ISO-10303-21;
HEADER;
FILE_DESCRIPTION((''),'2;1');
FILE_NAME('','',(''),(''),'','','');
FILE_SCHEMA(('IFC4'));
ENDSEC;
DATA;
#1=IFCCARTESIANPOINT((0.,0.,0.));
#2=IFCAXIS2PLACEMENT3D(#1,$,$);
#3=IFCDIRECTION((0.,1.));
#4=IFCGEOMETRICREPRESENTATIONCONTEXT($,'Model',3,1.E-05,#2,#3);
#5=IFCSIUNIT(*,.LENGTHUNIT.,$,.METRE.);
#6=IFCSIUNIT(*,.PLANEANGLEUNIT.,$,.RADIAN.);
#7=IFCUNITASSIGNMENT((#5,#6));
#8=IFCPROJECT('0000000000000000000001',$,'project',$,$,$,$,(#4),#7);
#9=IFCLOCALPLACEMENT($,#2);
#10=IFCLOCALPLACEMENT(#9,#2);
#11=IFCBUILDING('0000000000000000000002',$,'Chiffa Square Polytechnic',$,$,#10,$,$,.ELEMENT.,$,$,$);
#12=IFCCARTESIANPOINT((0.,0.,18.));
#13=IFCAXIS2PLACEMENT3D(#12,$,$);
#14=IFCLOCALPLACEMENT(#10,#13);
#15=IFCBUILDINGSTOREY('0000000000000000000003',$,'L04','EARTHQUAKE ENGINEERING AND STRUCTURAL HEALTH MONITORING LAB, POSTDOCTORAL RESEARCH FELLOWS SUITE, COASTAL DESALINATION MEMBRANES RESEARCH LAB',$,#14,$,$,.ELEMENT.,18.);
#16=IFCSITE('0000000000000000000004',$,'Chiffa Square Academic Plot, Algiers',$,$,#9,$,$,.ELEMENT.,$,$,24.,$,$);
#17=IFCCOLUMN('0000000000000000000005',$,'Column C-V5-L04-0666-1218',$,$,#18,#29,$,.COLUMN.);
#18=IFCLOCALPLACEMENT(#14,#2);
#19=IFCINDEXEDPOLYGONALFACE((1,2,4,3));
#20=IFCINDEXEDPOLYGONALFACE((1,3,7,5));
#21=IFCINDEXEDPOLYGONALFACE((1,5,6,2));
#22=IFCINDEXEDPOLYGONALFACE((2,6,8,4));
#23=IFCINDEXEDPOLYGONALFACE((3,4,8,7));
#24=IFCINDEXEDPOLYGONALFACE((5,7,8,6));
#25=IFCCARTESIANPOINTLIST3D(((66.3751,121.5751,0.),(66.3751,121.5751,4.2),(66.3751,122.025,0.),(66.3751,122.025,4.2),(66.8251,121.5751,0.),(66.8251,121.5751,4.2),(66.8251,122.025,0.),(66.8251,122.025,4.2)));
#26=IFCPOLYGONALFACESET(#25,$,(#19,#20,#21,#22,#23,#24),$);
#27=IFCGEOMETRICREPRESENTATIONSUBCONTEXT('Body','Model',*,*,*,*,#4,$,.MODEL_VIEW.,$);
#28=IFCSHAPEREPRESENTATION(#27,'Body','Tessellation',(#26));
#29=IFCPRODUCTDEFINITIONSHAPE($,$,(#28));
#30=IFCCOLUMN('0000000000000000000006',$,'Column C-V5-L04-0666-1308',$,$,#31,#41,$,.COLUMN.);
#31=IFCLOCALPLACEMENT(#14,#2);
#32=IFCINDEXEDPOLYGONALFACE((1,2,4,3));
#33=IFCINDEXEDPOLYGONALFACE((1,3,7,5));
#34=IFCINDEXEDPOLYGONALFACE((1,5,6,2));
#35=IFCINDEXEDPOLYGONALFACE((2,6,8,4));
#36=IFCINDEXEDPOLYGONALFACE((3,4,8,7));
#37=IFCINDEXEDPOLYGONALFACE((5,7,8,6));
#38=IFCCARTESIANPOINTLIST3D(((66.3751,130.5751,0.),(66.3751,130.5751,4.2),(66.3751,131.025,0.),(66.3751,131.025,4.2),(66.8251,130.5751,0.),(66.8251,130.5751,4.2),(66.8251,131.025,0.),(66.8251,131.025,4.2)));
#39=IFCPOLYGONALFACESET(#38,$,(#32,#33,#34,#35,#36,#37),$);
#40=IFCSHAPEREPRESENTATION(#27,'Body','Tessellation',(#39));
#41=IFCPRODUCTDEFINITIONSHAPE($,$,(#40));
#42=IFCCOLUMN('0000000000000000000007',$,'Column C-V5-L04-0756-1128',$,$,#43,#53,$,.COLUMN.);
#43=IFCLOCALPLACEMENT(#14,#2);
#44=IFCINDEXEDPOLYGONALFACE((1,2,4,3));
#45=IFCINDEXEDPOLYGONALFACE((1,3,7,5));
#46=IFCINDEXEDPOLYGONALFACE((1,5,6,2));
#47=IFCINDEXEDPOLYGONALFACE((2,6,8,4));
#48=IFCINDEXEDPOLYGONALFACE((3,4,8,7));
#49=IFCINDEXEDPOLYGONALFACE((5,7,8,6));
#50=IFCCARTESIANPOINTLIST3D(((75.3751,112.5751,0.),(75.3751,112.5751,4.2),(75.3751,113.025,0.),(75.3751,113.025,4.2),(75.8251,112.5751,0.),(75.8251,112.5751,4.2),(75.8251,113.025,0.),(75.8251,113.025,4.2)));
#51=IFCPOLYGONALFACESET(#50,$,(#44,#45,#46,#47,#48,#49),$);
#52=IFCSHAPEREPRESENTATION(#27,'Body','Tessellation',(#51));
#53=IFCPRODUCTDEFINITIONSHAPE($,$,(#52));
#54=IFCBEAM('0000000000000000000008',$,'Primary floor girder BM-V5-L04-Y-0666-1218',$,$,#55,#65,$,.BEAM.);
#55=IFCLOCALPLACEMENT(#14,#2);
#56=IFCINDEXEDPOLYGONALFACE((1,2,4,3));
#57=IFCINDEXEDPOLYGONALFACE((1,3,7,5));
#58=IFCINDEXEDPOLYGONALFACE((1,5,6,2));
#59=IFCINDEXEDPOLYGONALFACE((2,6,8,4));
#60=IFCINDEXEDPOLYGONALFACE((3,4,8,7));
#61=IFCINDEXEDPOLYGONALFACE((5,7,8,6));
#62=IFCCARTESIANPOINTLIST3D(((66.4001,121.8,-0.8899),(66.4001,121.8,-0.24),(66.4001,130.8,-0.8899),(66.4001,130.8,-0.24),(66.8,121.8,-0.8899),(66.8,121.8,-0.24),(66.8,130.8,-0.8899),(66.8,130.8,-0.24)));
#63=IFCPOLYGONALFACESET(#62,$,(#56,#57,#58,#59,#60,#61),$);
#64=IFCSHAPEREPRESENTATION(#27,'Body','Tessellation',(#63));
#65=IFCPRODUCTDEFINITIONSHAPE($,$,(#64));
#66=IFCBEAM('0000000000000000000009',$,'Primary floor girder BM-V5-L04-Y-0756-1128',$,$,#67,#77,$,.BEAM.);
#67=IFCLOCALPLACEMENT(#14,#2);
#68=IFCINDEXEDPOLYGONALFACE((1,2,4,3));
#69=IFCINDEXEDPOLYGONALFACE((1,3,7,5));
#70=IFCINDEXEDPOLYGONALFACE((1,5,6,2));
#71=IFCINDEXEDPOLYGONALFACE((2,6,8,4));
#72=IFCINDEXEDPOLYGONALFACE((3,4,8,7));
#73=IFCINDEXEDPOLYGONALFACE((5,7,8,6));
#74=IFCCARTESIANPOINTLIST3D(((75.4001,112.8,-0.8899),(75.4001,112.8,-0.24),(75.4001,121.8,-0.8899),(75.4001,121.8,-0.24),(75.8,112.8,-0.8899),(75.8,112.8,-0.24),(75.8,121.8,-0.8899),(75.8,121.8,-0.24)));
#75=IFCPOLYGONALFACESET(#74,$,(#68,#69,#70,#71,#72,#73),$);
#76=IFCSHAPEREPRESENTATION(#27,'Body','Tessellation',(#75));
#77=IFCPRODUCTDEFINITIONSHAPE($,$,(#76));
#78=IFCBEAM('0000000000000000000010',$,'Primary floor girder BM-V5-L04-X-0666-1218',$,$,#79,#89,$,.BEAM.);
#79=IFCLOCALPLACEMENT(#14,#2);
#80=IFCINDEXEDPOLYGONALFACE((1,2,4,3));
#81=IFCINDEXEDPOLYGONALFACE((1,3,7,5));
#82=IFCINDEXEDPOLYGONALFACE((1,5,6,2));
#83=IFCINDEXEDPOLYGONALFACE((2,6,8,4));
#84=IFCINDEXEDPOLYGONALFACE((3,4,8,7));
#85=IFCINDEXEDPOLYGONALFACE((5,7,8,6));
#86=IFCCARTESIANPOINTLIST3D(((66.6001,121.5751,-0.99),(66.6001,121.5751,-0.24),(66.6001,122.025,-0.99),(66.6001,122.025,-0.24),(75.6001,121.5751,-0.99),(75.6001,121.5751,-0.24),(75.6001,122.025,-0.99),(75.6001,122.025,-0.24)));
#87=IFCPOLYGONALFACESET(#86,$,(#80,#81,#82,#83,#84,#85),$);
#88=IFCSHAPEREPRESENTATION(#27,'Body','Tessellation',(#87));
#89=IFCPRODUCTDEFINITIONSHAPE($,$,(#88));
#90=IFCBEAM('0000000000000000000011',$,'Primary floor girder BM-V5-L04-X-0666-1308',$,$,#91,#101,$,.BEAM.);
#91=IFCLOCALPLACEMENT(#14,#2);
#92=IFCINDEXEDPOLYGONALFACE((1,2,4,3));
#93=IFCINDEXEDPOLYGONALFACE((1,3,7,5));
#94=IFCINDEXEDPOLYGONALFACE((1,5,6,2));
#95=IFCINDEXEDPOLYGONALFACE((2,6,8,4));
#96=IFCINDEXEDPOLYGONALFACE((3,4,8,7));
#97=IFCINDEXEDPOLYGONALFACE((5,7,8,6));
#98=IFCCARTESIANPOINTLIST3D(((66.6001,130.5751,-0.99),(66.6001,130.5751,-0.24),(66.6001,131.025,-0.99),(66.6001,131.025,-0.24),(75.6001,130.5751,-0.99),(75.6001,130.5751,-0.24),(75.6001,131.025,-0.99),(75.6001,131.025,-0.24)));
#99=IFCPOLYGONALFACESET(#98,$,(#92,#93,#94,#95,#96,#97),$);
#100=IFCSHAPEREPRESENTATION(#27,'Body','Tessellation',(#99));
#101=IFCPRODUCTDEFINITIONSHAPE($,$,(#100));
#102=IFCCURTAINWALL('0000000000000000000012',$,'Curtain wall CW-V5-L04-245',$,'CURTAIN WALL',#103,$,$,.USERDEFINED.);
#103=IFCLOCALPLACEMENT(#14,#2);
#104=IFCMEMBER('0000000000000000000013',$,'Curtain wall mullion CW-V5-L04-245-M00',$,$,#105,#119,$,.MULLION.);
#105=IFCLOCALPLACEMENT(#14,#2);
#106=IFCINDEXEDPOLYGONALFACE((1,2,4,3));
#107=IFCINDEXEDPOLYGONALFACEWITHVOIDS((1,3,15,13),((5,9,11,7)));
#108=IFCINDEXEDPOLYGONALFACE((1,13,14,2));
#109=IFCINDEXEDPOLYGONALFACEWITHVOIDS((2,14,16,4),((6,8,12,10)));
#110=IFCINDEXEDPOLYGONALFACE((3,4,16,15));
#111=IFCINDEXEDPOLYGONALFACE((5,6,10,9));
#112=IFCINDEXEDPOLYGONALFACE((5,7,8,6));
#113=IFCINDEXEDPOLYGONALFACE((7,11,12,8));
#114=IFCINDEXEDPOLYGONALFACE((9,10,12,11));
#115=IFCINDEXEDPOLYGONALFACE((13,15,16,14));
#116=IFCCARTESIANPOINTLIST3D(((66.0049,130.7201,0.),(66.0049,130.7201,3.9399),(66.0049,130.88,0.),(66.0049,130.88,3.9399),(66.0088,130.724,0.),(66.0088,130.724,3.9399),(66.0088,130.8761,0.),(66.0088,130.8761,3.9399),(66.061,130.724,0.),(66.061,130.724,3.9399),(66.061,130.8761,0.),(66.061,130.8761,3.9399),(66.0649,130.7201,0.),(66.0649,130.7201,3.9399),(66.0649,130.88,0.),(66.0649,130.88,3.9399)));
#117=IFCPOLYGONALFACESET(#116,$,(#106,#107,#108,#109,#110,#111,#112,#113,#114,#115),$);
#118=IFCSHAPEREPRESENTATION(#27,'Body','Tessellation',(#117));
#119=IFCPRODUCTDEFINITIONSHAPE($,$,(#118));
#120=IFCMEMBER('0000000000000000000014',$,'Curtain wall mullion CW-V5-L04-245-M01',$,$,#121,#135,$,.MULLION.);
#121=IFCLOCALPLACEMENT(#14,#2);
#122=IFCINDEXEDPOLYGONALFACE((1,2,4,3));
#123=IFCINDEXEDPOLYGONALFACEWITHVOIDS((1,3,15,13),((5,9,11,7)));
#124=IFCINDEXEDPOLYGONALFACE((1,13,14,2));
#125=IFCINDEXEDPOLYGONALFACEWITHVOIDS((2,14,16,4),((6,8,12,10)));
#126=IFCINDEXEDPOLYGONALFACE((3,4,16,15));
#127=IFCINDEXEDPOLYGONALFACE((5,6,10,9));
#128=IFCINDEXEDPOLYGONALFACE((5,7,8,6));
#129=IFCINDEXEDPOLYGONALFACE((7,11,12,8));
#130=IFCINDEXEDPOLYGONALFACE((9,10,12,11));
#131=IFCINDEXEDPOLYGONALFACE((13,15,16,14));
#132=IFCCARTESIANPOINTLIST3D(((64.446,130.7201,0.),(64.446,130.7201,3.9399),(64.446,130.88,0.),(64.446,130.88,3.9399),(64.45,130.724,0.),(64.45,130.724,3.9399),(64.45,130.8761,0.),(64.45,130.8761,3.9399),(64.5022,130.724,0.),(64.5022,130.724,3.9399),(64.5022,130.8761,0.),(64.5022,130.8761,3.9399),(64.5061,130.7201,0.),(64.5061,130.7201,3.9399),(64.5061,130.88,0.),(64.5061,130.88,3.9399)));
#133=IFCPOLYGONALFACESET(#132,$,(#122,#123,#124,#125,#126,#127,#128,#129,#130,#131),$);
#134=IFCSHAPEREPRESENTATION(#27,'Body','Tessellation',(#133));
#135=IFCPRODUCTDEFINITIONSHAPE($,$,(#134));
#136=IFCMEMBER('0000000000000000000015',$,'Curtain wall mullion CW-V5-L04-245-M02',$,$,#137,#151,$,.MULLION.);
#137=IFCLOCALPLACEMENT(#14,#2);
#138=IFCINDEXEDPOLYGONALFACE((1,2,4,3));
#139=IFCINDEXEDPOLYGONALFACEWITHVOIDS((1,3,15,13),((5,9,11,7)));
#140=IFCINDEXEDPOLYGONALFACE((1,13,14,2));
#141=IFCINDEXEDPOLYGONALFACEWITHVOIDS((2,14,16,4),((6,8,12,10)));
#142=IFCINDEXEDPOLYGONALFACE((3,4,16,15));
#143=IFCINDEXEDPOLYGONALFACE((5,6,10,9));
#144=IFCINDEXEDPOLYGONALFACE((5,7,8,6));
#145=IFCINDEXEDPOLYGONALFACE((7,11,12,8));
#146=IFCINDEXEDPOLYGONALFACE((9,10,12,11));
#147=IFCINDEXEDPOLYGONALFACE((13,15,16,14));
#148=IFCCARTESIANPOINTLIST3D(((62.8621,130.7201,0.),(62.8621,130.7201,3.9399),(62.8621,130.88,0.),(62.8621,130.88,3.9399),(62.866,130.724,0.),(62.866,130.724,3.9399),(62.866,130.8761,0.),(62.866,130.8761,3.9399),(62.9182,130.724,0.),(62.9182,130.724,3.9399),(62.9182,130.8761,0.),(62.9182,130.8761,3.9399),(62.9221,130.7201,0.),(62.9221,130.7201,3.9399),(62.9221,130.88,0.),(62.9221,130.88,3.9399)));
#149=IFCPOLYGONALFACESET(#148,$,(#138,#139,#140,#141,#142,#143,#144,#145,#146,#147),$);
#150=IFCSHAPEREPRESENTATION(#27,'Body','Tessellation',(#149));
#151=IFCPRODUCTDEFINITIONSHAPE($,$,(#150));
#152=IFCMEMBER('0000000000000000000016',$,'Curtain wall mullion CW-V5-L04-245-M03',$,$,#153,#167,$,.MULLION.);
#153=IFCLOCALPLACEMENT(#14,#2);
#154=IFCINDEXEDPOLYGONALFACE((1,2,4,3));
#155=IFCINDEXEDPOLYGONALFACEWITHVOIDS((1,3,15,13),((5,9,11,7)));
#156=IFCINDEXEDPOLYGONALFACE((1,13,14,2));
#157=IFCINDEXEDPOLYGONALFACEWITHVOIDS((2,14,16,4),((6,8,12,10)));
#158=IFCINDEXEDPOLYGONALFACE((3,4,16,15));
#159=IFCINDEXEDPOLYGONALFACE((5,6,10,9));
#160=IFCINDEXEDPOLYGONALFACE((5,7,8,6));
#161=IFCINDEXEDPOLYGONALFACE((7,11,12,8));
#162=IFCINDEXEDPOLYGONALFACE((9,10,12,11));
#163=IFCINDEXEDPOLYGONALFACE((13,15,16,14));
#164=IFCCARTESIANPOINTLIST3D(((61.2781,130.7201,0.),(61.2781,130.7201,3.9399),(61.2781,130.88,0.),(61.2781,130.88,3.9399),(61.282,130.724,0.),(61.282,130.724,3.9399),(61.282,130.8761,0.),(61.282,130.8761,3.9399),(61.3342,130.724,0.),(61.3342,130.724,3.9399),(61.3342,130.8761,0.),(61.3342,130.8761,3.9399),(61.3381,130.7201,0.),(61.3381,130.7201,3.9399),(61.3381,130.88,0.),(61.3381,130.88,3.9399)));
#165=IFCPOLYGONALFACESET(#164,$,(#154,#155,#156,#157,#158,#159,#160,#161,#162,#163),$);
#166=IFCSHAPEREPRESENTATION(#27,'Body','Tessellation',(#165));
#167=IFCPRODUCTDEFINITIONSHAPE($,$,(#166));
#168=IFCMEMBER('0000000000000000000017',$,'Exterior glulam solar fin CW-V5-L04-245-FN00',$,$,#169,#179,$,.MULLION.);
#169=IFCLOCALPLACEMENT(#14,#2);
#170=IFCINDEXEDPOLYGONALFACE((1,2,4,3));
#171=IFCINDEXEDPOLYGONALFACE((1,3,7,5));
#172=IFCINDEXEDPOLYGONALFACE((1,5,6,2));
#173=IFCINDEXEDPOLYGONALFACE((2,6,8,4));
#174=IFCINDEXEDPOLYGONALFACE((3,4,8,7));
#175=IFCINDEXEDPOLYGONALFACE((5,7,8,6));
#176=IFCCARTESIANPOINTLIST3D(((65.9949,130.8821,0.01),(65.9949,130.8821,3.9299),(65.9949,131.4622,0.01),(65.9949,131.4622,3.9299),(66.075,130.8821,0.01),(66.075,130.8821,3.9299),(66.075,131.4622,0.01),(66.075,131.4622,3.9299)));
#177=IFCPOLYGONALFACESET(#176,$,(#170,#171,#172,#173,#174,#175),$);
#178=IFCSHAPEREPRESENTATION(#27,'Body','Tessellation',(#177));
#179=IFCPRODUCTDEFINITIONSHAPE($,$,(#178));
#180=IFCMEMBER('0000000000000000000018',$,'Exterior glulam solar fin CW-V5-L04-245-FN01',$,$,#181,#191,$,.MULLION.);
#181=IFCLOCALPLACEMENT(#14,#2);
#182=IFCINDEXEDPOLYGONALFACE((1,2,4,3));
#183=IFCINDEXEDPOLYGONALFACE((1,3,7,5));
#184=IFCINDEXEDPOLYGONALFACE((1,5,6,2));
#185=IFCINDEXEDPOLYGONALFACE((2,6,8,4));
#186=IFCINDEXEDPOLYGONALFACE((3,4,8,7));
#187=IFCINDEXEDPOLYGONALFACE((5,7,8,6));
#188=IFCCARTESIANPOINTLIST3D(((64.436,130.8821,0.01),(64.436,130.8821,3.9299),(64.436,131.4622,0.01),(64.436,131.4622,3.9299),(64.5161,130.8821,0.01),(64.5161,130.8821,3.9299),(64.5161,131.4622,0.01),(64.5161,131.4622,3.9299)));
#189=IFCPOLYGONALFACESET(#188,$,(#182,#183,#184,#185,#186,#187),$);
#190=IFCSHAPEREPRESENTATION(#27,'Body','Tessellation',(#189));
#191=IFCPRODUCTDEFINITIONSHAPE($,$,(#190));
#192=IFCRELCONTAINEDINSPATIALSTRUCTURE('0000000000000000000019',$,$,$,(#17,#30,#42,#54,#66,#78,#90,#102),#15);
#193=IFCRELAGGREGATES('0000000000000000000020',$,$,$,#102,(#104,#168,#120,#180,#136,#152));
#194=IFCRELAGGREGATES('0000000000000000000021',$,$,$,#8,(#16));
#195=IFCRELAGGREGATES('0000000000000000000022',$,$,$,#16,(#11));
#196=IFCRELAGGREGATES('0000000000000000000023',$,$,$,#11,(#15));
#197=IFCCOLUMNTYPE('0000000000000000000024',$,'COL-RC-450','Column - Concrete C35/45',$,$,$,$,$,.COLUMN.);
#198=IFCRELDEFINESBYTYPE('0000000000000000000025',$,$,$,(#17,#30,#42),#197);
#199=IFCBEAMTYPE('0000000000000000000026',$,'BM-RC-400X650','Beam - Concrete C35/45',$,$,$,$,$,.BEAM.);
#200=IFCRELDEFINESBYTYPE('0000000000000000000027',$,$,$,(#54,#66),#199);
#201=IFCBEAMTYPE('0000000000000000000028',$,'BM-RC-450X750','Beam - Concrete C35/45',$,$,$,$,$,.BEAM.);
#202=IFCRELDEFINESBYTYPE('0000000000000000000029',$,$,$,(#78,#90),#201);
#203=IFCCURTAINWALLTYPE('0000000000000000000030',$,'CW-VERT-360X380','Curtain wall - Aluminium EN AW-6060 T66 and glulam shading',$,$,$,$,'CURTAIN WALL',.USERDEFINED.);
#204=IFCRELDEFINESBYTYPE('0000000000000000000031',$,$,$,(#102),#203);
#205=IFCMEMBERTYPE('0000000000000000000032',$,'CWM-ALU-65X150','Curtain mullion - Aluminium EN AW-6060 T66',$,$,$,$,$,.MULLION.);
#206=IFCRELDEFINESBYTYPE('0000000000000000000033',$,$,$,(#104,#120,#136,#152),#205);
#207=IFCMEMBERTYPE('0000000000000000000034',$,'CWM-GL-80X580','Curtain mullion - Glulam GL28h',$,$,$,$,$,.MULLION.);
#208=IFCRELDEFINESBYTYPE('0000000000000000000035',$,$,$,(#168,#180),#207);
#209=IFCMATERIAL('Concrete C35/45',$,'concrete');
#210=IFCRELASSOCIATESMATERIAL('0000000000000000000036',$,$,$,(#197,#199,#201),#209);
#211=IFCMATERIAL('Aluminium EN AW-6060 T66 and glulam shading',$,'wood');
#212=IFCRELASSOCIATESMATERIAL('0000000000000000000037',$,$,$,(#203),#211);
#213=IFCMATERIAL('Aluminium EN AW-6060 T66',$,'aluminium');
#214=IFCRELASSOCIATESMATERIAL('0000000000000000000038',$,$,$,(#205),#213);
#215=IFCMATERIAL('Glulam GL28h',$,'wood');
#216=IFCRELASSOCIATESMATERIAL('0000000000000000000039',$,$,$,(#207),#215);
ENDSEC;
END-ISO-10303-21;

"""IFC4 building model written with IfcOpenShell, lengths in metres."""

from ifc_helpers import new_model, si_unit, direction, frame, origin, origin_2d, place, context, subcontext, project, spatial, rectangle, hollow_rectangle, extrude, material, material_profile, profile_set, type_object, element, aggregate, save


model = new_model("IFC4")

# Units and contexts
model_context = context("Model", 3, precision=1e-05, world=origin(), true_north=direction((0.0, 1.0)))
body_context = subcontext(model_context, "Body", "Model", "MODEL_VIEW")
ifc_project = project(units=[si_unit("LENGTHUNIT", "METRE"), si_unit("PLANEANGLEUNIT", "RADIAN")], contexts=[model_context])

# Site, building, storey
site_placement = place(None, origin())
site = spatial("IfcSite", under=ifc_project, at=site_placement, Name="Chiffa Square Academic Plot, Algiers", CompositionType="ELEMENT", RefElevation=24.0)
building_placement = place(site_placement, origin())
building = spatial("IfcBuilding", under=site, at=building_placement, Name="Chiffa Square Polytechnic", CompositionType="ELEMENT")
storey_placement = place(building_placement, frame((0.0, 0.0, 18.0)))
storey = spatial("IfcBuildingStorey", under=building, at=storey_placement, Name="L04", Description="EARTHQUAKE ENGINEERING AND STRUCTURAL HEALTH MONITORING LAB, POSTDOCTORAL RESEARCH FELLOWS SUITE, COASTAL DESALINATION MEMBRANES RESEARCH LAB", CompositionType="ELEMENT", Elevation=18.0)

# Columns
ifc_material_1 = material(Name="Concrete C35/45", Category="concrete")
ifc_material_profile_1 = material_profile(ifc_material_1, rectangle(XDim=0.45, YDim=0.45, at=origin_2d()), Name="RC 450x450")
ifc_profile_set_1 = profile_set([ifc_material_profile_1], Name="Concrete C35/45")
column_type = type_object("IfcColumnType", Name="COL-RC-450", Description="Column - Concrete C35/45", PredefinedType="COLUMN", material=ifc_profile_set_1)
for number, where, z_axis, x_axis, name in (
    (1, (66.6001, 121.8, 0.0), (0.0, 0.0, 1.0), (1.0, 0.0, 0.0), "Column C-V5-L04-0666-1218"),
    (2, (66.6001, 130.8, 0.0), (0.0, 0.0, 1.0), (1.0, 0.0, 0.0), "Column C-V5-L04-0666-1308"),
    (3, (75.6001, 112.8, 0.0), (0.0, 0.0, 1.0), (1.0, 0.0, 0.0), "Column C-V5-L04-0756-1128"),
):
    element("IfcColumn", number, at=place(storey_placement, frame(where, z_axis=z_axis, x_axis=x_axis)), inside=storey, type_object=column_type, Name=name, PredefinedType="COLUMN", context=body_context, shape_type="SweptSolid", body=[
        extrude(rectangle(XDim=0.45, YDim=0.45, at=origin_2d()), origin(), (0.0, 0.0, 1.0), 4.2),
    ])

# Beams
ifc_material_profile_2 = material_profile(ifc_material_1, rectangle(XDim=0.3999, YDim=0.6499, at=origin_2d()), Name="RC 400x650")
ifc_profile_set_2 = profile_set([ifc_material_profile_2], Name="Concrete C35/45")
beam_type_1 = type_object("IfcBeamType", Name="BM-RC-400X650", Description="Beam - Concrete C35/45", PredefinedType="BEAM", material=ifc_profile_set_2)
for number, where, z_axis, x_axis, name in (
    (4, (66.6001, 121.8, -0.5649), (0.0, 1.0, 0.0), (-1.0, 0.0, 0.0), "Primary floor girder BM-V5-L04-Y-0666-1218"),
    (5, (75.6001, 112.8, -0.5649), (0.0, 1.0, 0.0), (-1.0, 0.0, 0.0), "Primary floor girder BM-V5-L04-Y-0756-1128"),
):
    element("IfcBeam", number, at=place(storey_placement, frame(where, z_axis=z_axis, x_axis=x_axis)), inside=storey, type_object=beam_type_1, Name=name, PredefinedType="BEAM", context=body_context, shape_type="SweptSolid", body=[
        extrude(rectangle(XDim=0.3999, YDim=0.6499, at=origin_2d()), origin(), (0.0, 0.0, 1.0), 9.0),
    ])
ifc_material_profile_3 = material_profile(ifc_material_1, rectangle(XDim=0.45, YDim=0.75, at=origin_2d()), Name="RC 450x750")
ifc_profile_set_3 = profile_set([ifc_material_profile_3], Name="Concrete C35/45")
beam_type_2 = type_object("IfcBeamType", Name="BM-RC-450X750", Description="Beam - Concrete C35/45", PredefinedType="BEAM", material=ifc_profile_set_3)
for number, where, z_axis, x_axis, name in (
    (6, (66.6001, 121.8, -0.615), (1.0, 0.0, 0.0), (0.0, 1.0, 0.0), "Primary floor girder BM-V5-L04-X-0666-1218"),
    (7, (66.6001, 130.8, -0.615), (1.0, 0.0, 0.0), (0.0, 1.0, 0.0), "Primary floor girder BM-V5-L04-X-0666-1308"),
):
    element("IfcBeam", number, at=place(storey_placement, frame(where, z_axis=z_axis, x_axis=x_axis)), inside=storey, type_object=beam_type_2, Name=name, PredefinedType="BEAM", context=body_context, shape_type="SweptSolid", body=[
        extrude(rectangle(XDim=0.45, YDim=0.75, at=origin_2d()), origin(), (0.0, 0.0, 1.0), 9.0),
    ])

# Curtain wall, members
ifc_material_2 = material(Name="Aluminium EN AW-6060 T66 and glulam shading", Category="wood")
curtain_wall_type = type_object("IfcCurtainWallType", Name="CW-VERT-360X380", Description="Curtain wall - Aluminium EN AW-6060 T66 and glulam shading", ElementType="CURTAIN WALL", PredefinedType="USERDEFINED", material=ifc_material_2)
curtain_wall_placement = place(storey_placement, origin())
curtain_wall = element("IfcCurtainWall", 8, at=curtain_wall_placement, inside=storey, type_object=curtain_wall_type, Name="Curtain wall CW-V5-L04-245", ObjectType="CURTAIN WALL", PredefinedType="USERDEFINED")
ifc_material_3 = material(Name="Aluminium EN AW-6060 T66", Category="aluminium")
ifc_material_profile_4 = material_profile(ifc_material_3, hollow_rectangle(XDim=0.0601, YDim=0.1599, WallThickness=0.0039, at=origin_2d()), Name="ALU 60x160x4")
ifc_profile_set_4 = profile_set([ifc_material_profile_4], Name="Aluminium EN AW-6060 T66")
member_type_1 = type_object("IfcMemberType", Name="CWM-ALU-65X150", Description="Curtain mullion - Aluminium EN AW-6060 T66", PredefinedType="MULLION", material=ifc_profile_set_4)
member_1_placement = place(storey_placement, frame((66.0349, 130.8, 0.0), z_axis=(0.0, 0.0, 1.0), x_axis=(1.0, 0.0, 0.0)))
member_1 = element("IfcMember", 9, at=member_1_placement, type_object=member_type_1, Name="Curtain wall mullion CW-V5-L04-245-M00", PredefinedType="MULLION", context=body_context, shape_type="SweptSolid", body=[
    extrude(hollow_rectangle(XDim=0.0601, YDim=0.1599, WallThickness=0.0039, at=origin_2d()), origin(), (0.0, 0.0, 1.0), 3.9399),
])
member_2_placement = place(storey_placement, frame((64.4761, 130.8, 0.0), z_axis=(0.0, 0.0, 1.0), x_axis=(1.0, 0.0, 0.0)))
member_2 = element("IfcMember", 10, at=member_2_placement, type_object=member_type_1, Name="Curtain wall mullion CW-V5-L04-245-M01", PredefinedType="MULLION", context=body_context, shape_type="SweptSolid", body=[
    extrude(hollow_rectangle(XDim=0.0601, YDim=0.1599, WallThickness=0.0039, at=origin_2d()), origin(), (0.0, 0.0, 1.0), 3.9399),
])
member_3_placement = place(storey_placement, frame((62.8921, 130.8, 0.0), z_axis=(0.0, 0.0, 1.0), x_axis=(1.0, 0.0, 0.0)))
member_3 = element("IfcMember", 11, at=member_3_placement, type_object=member_type_1, Name="Curtain wall mullion CW-V5-L04-245-M02", PredefinedType="MULLION", context=body_context, shape_type="SweptSolid", body=[
    extrude(hollow_rectangle(XDim=0.0601, YDim=0.1599, WallThickness=0.0039, at=origin_2d()), origin(), (0.0, 0.0, 1.0), 3.9399),
])
member_4_placement = place(storey_placement, frame((61.3081, 130.8, 0.0), z_axis=(0.0, 0.0, 1.0), x_axis=(1.0, 0.0, 0.0)))
member_4 = element("IfcMember", 12, at=member_4_placement, type_object=member_type_1, Name="Curtain wall mullion CW-V5-L04-245-M03", PredefinedType="MULLION", context=body_context, shape_type="SweptSolid", body=[
    extrude(hollow_rectangle(XDim=0.0601, YDim=0.1599, WallThickness=0.0039, at=origin_2d()), origin(), (0.0, 0.0, 1.0), 3.9399),
])
ifc_material_4 = material(Name="Glulam GL28h", Category="wood")
ifc_material_profile_5 = material_profile(ifc_material_4, rectangle(XDim=0.0801, YDim=0.5801, at=origin_2d()), Name="GL28h 80x580")
ifc_profile_set_5 = profile_set([ifc_material_profile_5], Name="Glulam GL28h")
member_type_2 = type_object("IfcMemberType", Name="CWM-GL-80X580", Description="Curtain mullion - Glulam GL28h", PredefinedType="MULLION", material=ifc_profile_set_5)
member_5_placement = place(storey_placement, frame((66.0349, 131.1721, 0.01), z_axis=(0.0, 0.0, 1.0), x_axis=(-1.0, 0.0, 0.0)))
member_5 = element("IfcMember", 13, at=member_5_placement, type_object=member_type_2, Name="Exterior glulam solar fin CW-V5-L04-245-FN00", PredefinedType="MULLION", context=body_context, shape_type="SweptSolid", body=[
    extrude(rectangle(XDim=0.0801, YDim=0.5801, at=origin_2d()), origin(), (0.0, 0.0, 1.0), 3.9199),
])
member_6_placement = place(storey_placement, frame((64.4761, 131.1721, 0.01), z_axis=(0.0, 0.0, 1.0), x_axis=(-1.0, 0.0, 0.0)))
member_6 = element("IfcMember", 14, at=member_6_placement, type_object=member_type_2, Name="Exterior glulam solar fin CW-V5-L04-245-FN01", PredefinedType="MULLION", context=body_context, shape_type="SweptSolid", body=[
    extrude(rectangle(XDim=0.0801, YDim=0.5801, at=origin_2d()), origin(), (0.0, 0.0, 1.0), 3.9199),
])

aggregate(curtain_wall, [member_1, member_5, member_2, member_6, member_3, member_4])

save(model, "model.ifc")
